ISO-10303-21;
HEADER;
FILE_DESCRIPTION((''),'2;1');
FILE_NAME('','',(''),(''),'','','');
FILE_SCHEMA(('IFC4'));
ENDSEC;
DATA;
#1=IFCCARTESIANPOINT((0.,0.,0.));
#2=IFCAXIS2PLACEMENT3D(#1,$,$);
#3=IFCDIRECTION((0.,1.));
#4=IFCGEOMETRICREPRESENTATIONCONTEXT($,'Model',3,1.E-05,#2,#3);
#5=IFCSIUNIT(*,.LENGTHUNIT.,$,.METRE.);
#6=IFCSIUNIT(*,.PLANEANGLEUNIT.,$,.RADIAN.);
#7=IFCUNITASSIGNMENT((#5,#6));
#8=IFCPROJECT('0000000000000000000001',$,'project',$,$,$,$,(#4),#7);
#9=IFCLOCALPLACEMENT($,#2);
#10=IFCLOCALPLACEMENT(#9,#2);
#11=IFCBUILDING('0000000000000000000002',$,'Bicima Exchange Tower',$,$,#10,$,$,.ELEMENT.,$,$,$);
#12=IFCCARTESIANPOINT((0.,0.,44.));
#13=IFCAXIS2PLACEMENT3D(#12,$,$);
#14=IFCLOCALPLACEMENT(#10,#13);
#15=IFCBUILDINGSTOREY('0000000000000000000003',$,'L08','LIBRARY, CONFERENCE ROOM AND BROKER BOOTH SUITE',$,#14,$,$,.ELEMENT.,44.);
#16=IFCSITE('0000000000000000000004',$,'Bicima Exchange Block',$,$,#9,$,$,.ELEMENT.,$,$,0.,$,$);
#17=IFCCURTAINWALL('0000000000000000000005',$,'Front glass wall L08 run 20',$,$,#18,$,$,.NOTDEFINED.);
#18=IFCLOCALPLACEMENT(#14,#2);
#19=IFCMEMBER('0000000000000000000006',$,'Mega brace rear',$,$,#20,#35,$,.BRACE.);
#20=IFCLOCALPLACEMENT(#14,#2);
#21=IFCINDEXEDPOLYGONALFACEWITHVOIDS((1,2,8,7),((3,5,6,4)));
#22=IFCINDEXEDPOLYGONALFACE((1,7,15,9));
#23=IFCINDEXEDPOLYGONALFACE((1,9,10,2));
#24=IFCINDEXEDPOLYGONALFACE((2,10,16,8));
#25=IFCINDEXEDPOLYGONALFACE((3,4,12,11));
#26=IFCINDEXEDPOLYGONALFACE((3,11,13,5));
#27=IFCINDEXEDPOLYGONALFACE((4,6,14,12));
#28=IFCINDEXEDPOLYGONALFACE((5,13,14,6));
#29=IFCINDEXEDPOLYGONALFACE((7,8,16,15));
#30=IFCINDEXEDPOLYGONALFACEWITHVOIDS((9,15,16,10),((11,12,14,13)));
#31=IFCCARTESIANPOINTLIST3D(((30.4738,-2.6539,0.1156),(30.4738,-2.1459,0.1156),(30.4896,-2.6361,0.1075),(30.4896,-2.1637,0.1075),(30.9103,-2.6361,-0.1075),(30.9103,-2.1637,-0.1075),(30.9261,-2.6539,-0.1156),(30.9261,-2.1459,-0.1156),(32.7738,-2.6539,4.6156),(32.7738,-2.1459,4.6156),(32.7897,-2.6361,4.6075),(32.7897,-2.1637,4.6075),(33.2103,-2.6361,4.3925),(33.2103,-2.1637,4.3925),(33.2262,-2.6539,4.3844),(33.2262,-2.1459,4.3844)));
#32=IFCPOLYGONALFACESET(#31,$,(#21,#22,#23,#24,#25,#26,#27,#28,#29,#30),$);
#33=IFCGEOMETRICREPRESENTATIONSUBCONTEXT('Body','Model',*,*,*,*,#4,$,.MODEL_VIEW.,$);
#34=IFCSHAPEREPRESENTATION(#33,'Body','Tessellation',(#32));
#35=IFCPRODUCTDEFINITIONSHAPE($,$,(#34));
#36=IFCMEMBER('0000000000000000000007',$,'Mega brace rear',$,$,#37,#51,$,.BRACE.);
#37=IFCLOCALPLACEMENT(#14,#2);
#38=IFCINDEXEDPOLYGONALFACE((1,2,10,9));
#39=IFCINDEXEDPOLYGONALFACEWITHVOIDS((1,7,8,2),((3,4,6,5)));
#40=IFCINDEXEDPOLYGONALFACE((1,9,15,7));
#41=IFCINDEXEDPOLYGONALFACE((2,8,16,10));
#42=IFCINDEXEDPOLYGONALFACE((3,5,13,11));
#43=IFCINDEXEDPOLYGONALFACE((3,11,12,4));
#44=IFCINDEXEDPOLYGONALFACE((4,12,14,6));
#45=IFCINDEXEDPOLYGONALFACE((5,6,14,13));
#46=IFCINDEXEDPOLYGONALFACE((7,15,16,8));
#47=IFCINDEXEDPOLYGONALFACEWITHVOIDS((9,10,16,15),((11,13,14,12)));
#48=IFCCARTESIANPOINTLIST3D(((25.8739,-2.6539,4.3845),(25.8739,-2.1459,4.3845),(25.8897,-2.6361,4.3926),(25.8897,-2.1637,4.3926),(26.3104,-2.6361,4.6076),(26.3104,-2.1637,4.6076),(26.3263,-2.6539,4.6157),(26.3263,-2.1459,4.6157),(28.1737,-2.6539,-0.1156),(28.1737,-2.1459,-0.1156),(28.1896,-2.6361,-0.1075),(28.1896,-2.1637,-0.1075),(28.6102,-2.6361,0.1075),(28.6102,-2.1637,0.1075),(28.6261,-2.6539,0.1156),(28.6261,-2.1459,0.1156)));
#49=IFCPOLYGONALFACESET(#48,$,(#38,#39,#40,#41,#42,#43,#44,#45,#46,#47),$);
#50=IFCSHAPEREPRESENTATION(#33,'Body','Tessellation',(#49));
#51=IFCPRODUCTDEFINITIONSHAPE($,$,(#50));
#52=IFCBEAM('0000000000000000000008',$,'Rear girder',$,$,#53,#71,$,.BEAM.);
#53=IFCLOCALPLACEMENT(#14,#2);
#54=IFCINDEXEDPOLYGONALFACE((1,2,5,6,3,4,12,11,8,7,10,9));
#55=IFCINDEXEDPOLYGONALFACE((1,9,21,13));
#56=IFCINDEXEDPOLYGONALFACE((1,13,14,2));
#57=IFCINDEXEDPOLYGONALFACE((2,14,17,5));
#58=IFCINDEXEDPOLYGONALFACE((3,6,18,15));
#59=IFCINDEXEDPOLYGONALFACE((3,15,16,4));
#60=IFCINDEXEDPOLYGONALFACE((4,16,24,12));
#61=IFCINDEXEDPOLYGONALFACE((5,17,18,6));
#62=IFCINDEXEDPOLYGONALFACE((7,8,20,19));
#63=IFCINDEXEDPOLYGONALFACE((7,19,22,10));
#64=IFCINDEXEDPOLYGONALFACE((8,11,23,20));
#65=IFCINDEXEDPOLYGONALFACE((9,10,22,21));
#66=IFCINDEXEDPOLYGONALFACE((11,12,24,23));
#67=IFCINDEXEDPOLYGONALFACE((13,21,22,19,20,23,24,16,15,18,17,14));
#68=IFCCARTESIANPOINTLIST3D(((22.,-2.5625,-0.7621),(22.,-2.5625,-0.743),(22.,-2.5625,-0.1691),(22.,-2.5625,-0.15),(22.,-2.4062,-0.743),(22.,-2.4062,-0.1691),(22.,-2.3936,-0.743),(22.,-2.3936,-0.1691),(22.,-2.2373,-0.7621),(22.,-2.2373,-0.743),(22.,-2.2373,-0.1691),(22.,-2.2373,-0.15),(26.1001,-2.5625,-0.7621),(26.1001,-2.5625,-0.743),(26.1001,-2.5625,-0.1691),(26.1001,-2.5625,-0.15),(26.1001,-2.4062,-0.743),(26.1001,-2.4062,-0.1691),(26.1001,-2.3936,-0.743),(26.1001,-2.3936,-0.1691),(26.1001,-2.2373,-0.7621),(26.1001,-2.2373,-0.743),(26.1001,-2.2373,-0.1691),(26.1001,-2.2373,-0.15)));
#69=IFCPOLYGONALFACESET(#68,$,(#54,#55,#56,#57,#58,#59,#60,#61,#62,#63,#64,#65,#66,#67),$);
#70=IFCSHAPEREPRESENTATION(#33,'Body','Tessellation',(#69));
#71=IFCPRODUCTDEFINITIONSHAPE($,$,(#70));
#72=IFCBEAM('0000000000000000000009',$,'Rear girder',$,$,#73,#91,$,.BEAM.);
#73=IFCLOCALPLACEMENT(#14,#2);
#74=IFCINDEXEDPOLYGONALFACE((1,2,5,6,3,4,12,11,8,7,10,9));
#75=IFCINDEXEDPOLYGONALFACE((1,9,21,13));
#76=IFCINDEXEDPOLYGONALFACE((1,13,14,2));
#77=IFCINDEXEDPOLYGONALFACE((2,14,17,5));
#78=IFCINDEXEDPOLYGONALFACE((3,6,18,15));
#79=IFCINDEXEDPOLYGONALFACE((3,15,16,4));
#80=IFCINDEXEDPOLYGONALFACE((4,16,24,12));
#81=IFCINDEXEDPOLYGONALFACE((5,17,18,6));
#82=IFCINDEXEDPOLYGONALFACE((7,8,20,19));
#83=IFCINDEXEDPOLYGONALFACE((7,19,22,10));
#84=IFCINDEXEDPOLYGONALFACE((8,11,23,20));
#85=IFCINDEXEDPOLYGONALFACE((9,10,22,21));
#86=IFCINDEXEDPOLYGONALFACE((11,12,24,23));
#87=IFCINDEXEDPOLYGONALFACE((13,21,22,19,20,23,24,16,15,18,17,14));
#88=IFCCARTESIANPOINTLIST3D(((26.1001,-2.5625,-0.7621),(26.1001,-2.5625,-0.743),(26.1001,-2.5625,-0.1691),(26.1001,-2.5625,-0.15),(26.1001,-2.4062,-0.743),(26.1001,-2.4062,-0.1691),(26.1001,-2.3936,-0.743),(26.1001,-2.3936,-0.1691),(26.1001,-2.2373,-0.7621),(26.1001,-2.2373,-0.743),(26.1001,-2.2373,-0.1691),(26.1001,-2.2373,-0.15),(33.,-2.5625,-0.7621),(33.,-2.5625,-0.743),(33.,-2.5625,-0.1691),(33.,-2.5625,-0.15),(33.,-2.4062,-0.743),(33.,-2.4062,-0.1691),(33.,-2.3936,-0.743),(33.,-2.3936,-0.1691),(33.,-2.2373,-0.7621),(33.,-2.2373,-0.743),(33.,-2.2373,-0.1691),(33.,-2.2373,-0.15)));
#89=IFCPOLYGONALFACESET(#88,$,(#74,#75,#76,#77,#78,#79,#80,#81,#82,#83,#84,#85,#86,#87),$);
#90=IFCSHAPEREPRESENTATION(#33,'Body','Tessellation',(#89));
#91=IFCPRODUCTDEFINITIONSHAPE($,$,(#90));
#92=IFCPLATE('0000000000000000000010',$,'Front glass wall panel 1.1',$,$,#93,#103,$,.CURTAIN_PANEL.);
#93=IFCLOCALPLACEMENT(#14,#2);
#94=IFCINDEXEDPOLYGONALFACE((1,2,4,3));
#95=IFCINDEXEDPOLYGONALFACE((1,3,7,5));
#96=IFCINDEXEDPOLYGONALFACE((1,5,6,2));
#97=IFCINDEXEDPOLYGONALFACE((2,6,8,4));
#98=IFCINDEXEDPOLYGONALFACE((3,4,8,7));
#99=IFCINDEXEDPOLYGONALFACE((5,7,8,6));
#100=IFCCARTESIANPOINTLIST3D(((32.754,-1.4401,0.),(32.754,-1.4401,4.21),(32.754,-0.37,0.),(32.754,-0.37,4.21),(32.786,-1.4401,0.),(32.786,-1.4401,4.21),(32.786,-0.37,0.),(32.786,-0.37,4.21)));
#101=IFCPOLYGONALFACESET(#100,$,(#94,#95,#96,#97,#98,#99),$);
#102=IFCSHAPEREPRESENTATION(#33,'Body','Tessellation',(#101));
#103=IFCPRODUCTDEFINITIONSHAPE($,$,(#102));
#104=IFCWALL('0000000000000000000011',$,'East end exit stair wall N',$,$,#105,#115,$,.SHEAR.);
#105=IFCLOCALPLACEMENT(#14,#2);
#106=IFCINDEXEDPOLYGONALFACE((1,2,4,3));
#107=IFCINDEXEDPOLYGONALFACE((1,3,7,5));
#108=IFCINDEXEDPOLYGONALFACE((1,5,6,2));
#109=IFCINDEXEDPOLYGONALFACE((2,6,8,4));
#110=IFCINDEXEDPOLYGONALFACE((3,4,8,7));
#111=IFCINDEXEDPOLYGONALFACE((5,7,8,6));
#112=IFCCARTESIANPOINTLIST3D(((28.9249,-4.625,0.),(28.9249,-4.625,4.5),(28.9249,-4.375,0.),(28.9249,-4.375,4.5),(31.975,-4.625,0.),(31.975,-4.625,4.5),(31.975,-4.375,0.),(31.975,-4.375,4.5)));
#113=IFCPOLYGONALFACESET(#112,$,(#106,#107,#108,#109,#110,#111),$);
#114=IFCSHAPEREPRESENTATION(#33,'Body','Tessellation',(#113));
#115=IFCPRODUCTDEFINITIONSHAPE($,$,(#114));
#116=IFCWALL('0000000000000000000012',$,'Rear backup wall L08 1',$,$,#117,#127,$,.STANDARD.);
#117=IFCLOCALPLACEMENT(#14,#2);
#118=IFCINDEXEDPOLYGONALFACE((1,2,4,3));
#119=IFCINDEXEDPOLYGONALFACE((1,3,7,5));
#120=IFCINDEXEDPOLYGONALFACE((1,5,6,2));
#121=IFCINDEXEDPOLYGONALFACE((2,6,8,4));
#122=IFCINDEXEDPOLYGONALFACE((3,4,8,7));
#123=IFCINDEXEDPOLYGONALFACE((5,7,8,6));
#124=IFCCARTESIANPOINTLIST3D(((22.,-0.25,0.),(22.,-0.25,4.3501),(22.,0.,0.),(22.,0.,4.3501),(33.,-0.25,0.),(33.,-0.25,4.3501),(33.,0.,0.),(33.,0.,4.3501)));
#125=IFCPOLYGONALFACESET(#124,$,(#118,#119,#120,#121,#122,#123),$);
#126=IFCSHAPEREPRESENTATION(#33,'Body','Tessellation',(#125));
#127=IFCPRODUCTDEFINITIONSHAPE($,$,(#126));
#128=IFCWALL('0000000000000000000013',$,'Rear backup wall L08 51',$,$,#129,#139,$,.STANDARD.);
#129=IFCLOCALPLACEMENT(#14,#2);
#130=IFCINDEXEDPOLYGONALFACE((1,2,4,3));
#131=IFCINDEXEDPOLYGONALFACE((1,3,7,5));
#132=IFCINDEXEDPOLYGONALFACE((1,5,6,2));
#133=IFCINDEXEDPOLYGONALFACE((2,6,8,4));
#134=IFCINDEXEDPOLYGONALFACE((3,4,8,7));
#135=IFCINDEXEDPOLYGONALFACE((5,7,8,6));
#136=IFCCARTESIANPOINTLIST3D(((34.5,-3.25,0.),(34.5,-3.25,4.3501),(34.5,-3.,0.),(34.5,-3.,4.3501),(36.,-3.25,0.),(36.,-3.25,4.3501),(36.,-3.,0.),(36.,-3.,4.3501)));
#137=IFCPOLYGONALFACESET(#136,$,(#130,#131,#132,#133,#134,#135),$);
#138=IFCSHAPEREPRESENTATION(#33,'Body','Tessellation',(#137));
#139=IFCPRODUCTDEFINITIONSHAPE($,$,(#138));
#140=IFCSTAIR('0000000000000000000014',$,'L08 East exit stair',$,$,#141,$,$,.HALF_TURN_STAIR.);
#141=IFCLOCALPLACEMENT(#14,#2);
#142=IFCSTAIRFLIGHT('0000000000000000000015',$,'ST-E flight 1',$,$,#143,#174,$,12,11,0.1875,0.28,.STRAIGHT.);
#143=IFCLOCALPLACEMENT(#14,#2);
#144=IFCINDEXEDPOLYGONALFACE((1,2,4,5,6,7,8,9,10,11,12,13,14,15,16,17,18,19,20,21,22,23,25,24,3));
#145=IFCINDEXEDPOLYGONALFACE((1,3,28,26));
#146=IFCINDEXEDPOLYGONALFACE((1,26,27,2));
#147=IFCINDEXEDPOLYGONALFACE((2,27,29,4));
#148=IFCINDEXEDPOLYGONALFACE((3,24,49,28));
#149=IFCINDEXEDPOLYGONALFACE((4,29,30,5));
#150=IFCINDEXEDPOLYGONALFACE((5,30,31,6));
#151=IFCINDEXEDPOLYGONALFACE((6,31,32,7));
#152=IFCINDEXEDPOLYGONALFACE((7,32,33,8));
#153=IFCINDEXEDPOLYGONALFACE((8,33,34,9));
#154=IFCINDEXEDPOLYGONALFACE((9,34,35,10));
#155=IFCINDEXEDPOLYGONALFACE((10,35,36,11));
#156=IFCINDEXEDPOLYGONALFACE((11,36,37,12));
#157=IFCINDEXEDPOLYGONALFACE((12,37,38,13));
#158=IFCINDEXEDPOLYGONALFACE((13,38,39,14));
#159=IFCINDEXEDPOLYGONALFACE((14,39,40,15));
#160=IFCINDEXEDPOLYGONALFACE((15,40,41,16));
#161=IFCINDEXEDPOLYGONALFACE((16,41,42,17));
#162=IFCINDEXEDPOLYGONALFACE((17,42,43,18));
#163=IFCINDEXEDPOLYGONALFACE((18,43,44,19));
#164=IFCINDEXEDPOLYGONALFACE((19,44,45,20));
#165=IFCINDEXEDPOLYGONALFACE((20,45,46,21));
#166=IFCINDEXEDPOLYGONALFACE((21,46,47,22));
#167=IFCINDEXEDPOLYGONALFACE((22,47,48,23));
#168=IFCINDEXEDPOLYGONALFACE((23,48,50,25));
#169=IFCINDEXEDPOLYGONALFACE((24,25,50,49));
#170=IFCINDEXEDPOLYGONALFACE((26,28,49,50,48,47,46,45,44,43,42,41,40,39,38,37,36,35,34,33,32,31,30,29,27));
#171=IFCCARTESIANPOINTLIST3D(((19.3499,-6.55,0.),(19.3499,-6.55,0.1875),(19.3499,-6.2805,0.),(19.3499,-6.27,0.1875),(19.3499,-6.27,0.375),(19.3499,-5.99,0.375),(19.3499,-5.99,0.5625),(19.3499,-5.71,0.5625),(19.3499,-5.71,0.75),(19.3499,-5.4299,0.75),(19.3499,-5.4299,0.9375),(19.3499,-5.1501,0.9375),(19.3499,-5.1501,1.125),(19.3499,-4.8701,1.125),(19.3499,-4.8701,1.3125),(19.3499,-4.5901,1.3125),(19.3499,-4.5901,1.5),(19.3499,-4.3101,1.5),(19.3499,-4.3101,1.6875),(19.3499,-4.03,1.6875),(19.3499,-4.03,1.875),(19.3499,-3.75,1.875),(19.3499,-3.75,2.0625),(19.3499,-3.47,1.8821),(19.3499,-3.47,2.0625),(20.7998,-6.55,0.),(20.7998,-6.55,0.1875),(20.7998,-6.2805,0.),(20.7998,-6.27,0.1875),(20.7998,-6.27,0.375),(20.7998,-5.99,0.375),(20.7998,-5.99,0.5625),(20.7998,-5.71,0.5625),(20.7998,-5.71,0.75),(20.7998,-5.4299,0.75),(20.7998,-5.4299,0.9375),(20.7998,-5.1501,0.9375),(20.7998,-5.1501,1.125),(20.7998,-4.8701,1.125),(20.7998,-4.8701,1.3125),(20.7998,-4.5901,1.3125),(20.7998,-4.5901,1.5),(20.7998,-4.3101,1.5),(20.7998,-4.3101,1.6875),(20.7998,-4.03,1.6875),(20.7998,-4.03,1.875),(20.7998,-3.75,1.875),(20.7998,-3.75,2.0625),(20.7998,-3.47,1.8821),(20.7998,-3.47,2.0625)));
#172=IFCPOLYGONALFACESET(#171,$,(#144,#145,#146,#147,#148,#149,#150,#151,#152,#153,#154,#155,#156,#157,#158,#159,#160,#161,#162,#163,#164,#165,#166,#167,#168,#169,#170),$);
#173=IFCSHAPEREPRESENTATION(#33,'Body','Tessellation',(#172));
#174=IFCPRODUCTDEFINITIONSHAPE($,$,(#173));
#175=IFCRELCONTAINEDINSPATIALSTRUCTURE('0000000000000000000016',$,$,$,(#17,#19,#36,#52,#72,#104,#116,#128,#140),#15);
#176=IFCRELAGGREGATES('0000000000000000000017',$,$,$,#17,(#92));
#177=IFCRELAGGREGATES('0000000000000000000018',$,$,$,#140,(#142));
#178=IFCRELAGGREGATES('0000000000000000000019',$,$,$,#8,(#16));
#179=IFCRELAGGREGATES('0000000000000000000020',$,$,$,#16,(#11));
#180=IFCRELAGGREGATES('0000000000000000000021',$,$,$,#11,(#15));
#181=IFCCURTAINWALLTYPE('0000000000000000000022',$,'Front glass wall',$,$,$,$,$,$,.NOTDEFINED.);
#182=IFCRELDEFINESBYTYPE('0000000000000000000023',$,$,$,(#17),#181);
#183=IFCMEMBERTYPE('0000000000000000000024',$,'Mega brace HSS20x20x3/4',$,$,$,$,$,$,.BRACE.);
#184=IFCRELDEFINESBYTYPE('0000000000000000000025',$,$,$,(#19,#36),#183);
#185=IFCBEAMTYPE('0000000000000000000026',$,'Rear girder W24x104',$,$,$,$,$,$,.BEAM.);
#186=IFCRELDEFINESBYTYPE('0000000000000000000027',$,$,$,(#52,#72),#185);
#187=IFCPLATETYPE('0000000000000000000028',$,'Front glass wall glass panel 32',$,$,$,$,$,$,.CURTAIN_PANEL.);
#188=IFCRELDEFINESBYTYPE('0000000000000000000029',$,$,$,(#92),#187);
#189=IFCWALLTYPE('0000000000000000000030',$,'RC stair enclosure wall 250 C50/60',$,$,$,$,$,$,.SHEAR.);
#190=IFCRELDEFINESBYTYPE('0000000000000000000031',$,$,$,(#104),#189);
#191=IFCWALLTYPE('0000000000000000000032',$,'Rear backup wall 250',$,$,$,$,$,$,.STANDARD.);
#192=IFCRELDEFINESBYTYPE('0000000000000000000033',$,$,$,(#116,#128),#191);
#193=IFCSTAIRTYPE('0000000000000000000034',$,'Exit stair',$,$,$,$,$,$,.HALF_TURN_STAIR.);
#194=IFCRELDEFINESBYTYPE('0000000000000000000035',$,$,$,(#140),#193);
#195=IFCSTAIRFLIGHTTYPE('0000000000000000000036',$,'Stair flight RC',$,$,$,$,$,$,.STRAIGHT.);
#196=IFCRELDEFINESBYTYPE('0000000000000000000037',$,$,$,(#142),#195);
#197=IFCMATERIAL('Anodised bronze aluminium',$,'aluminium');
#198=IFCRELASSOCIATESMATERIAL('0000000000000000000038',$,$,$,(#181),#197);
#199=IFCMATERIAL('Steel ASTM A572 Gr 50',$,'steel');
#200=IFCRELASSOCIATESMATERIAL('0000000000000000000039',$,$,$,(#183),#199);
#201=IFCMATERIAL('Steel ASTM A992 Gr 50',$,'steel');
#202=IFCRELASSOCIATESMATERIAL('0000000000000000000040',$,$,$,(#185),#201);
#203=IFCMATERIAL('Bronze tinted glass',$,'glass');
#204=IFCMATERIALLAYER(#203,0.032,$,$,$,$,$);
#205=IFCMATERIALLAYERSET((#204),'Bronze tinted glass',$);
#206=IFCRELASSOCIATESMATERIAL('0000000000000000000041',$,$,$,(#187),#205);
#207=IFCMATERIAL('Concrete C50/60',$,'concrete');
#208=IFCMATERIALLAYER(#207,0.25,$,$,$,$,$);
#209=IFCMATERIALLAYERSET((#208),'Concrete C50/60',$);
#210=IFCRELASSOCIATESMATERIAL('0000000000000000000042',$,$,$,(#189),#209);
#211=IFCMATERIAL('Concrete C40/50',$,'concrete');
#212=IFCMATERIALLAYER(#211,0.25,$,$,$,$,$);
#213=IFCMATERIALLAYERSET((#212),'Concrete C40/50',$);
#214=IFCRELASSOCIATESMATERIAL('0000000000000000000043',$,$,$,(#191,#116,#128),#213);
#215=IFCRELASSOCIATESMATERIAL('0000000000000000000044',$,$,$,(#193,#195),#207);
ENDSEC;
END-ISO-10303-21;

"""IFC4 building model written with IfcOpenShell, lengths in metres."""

from ifc_helpers import new_model, si_unit, direction, frame, frame_2d, origin, origin_2d, place, context, subcontext, project, spatial, polyline, rectangle, hollow_rectangle, i_section, outline, extrude, material, layer, layer_set, layer_usage, material_profile, profile_set, type_object, element, aggregate, save


model = new_model("IFC4")

# Units and contexts
model_context = context("Model", 3, precision=1e-05, world=origin(), true_north=direction((0.0, 1.0)))
body_context = subcontext(model_context, "Body", "Model", "MODEL_VIEW")
ifc_project = project(units=[si_unit("LENGTHUNIT", "METRE"), si_unit("PLANEANGLEUNIT", "RADIAN")], contexts=[model_context])

# Site, building, storey
site_placement = place(None, origin())
site = spatial("IfcSite", under=ifc_project, at=site_placement, Name="Bicima Exchange Block", CompositionType="ELEMENT", RefElevation=0.0)
building_placement = place(site_placement, origin())
building = spatial("IfcBuilding", under=site, at=building_placement, Name="Bicima Exchange Tower", CompositionType="ELEMENT")
storey_placement = place(building_placement, frame((0.0, 0.0, 44.0)))
storey = spatial("IfcBuildingStorey", under=building, at=storey_placement, Name="L08", Description="LIBRARY, CONFERENCE ROOM AND BROKER BOOTH SUITE", CompositionType="ELEMENT", Elevation=44.0)

# Shared definitions
ifc_material_1 = material(Name="Steel ASTM A572 Gr 50", Category="steel")
ifc_material_2 = material(Name="Steel ASTM A992 Gr 50", Category="steel")

# Curtain wall
ifc_material_3 = material(Name="Anodised bronze aluminium", Category="aluminium")
curtain_wall_type = type_object("IfcCurtainWallType", Name="Front glass wall", PredefinedType="NOTDEFINED", material=ifc_material_3)
curtain_wall_placement = place(storey_placement, origin())
curtain_wall = element("IfcCurtainWall", 1, at=curtain_wall_placement, inside=storey, type_object=curtain_wall_type, Name="Front glass wall L08 run 20", PredefinedType="NOTDEFINED")

# Members
ifc_material_profile_1 = material_profile(ifc_material_1, hollow_rectangle(XDim=0.5081, YDim=0.5081, WallThickness=0.0178, at=origin_2d()))
ifc_profile_set_1 = profile_set([ifc_material_profile_1], Name="Steel ASTM A572 Gr 50")
member_type_1 = type_object("IfcMemberType", Name="Mega brace HSS20x20x3/4", PredefinedType="BRACE", material=ifc_profile_set_1)
for number, where, z_axis, x_axis, name in (
    (2, (30.7, -2.3999, 0.0), (0.455119, 0.0, 0.890431), (0.0, 1.0, 0.0), "Mega brace rear"),
    (3, (28.3999, -2.3999, 0.0), (-0.45508, 0.0, 0.89045), (0.0, -1.0, 0.0), "Mega brace rear"),
):
    element("IfcMember", number, at=place(storey_placement, frame(where, z_axis=z_axis, x_axis=x_axis)), inside=storey, type_object=member_type_1, Name=name, PredefinedType="BRACE", context=body_context, shape_type="SweptSolid", body=[
        extrude(hollow_rectangle(XDim=0.5081, YDim=0.5081, WallThickness=0.0178, at=origin_2d()), origin(), (0.0, 0.0, 1.0), 5.0537),
    ])

# Beams
ifc_material_profile_2 = material_profile(ifc_material_2, i_section(OverallWidth=0.3252, OverallDepth=0.6121, WebThickness=0.0127, FlangeThickness=0.019, at=origin_2d()))
ifc_profile_set_2 = profile_set([ifc_material_profile_2], Name="Steel ASTM A992 Gr 50")
beam_type_1 = type_object("IfcBeamType", Name="Rear girder W24x104", PredefinedType="BEAM", material=ifc_profile_set_2)
beam_1_placement = place(storey_placement, frame((22.0, -2.3999, -0.4561), z_axis=(1.0, 0.0, 0.0), x_axis=(0.0, 1.0, 0.0)))
element("IfcBeam", 4, at=beam_1_placement, inside=storey, type_object=beam_type_1, Name="Rear girder", PredefinedType="BEAM", context=body_context, shape_type="SweptSolid", body=[
    extrude(i_section(OverallWidth=0.3252, OverallDepth=0.6121, WebThickness=0.0127, FlangeThickness=0.019, at=origin_2d()), origin(), (0.0, 0.0, 1.0), 4.1001),
])
beam_2_placement = place(storey_placement, frame((26.1001, -2.3999, -0.4561), z_axis=(1.0, 0.0, 0.0), x_axis=(0.0, 1.0, 0.0)))
element("IfcBeam", 5, at=beam_2_placement, inside=storey, type_object=beam_type_1, Name="Rear girder", PredefinedType="BEAM", context=body_context, shape_type="SweptSolid", body=[
    extrude(i_section(OverallWidth=0.3252, OverallDepth=0.6121, WebThickness=0.0127, FlangeThickness=0.019, at=origin_2d()), origin(), (0.0, 0.0, 1.0), 6.8999),
])

# Plate
ifc_material_4 = material(Name="Bronze tinted glass", Category="glass")
ifc_layer_1 = layer(ifc_material_4, 0.032)
ifc_layer_set_1 = layer_set([ifc_layer_1], Name="Bronze tinted glass")
plate_type = type_object("IfcPlateType", Name="Front glass wall glass panel 32", PredefinedType="CURTAIN_PANEL", material=ifc_layer_set_1)
plate_placement = place(storey_placement, frame((32.77, -0.905, 0.0), z_axis=(0.0, 0.0, 1.0), x_axis=(0.0, 1.0, 0.0)))
plate = element("IfcPlate", 6, at=plate_placement, type_object=plate_type, Name="Front glass wall panel 1.1", PredefinedType="CURTAIN_PANEL", context=body_context, shape_type="SweptSolid", body=[
    extrude(rectangle(XDim=1.0701, YDim=0.032, at=origin_2d()), origin(), (0.0, 0.0, 1.0), 4.21),
])
aggregate(curtain_wall, [plate])

# Walls
ifc_material_5 = material(Name="Concrete C50/60", Category="concrete")
ifc_layer_2 = layer(ifc_material_5, 0.25)
ifc_layer_set_2 = layer_set([ifc_layer_2], Name="Concrete C50/60")
wall_type_1 = type_object("IfcWallType", Name="RC stair enclosure wall 250 C50/60", PredefinedType="SHEAR", material=ifc_layer_set_2)
wall_1_placement = place(storey_placement, frame((28.925, -4.5, 0.0), z_axis=(0.0, 0.0, 1.0), x_axis=(1.0, 0.0, 0.0)))
element("IfcWall", 7, at=wall_1_placement, inside=storey, type_object=wall_type_1, Name="East end exit stair wall N", PredefinedType="SHEAR", context=body_context, shape_type="SweptSolid", body=[
    extrude(rectangle(XDim=3.05, YDim=0.25, at=frame_2d((1.5249, 0.0))), origin(), (0.0, 0.0, 1.0), 4.5),
])
ifc_material_6 = material(Name="Concrete C40/50", Category="concrete")
ifc_layer_3 = layer(ifc_material_6, 0.25)
ifc_layer_set_3 = layer_set([ifc_layer_3], Name="Concrete C40/50")
ifc_layer_usage = layer_usage(ifc_layer_set_3, "AXIS2", "POSITIVE", -0.125)
wall_type_2 = type_object("IfcWallType", Name="Rear backup wall 250", PredefinedType="STANDARD", material=ifc_layer_set_3)
wall_2_placement = place(storey_placement, frame((33.0, -0.125, 0.0), z_axis=(0.0, 0.0, 1.0), x_axis=(-1.0, 0.0, 0.0)))
element("IfcWall", 8, at=wall_2_placement, inside=storey, type_object=wall_type_2, material=ifc_layer_usage, Name="Rear backup wall L08 1", PredefinedType="STANDARD", context=body_context, shape_type="SweptSolid", body=[
    extrude(rectangle(XDim=11.0, YDim=0.25, at=frame_2d((5.5, 0.0))), origin(), (0.0, 0.0, 1.0), 4.3501),
])
wall_3_placement = place(storey_placement, frame((36.0, -3.125, 0.0), z_axis=(0.0, 0.0, 1.0), x_axis=(-1.0, 0.0, 0.0)))
element("IfcWall", 9, at=wall_3_placement, inside=storey, type_object=wall_type_2, material=ifc_layer_usage, Name="Rear backup wall L08 51", PredefinedType="STANDARD", context=body_context, shape_type="SweptSolid", body=[
    extrude(rectangle(XDim=1.5, YDim=0.25, at=frame_2d((0.75, 0.0))), origin(), (0.0, 0.0, 1.0), 4.3501),
])

# Stair, stair flight
stair_type = type_object("IfcStairType", Name="Exit stair", PredefinedType="HALF_TURN_STAIR", material=ifc_material_5)
stair_placement = place(storey_placement, origin())
stair = element("IfcStair", 10, at=stair_placement, inside=storey, type_object=stair_type, Name="L08 East exit stair", PredefinedType="HALF_TURN_STAIR")
stair_flight_type = type_object("IfcStairFlightType", Name="Stair flight RC", PredefinedType="STRAIGHT", material=ifc_material_5)
stair_flight_1_placement = place(storey_placement, frame((20.075, -6.55, 0.0), z_axis=(0.0, 0.0, 1.0), x_axis=(0.0, 1.0, 0.0)))
stair_flight_1 = element("IfcStairFlight", 11, at=stair_flight_1_placement, type_object=stair_flight_type, Name="ST-E flight 1", NumberOfRisers=12, NumberOfTreads=11, PredefinedType="STRAIGHT", RiserHeight=0.1875, TreadLength=0.28, context=body_context, shape_type="SweptSolid", body=[
    extrude(outline(polyline([(0.0, 0.0), (0.0, 0.1875), (0.28, 0.1875), (0.28, 0.375), (0.5601, 0.375), (0.5601, 0.5625), (0.8401, 0.5625), (0.8401, 0.75), (1.1201, 0.75), (1.1201, 0.9375), (1.3999, 0.9375), (1.3999, 1.125), (1.6799, 1.125), (1.6799, 1.3125), (1.96, 1.3125), (1.96, 1.5), (2.24, 1.5), (2.24, 1.6875), (2.52, 1.6875), (2.52, 1.875), (2.8, 1.875), (2.8, 2.0625), (3.0801, 2.0625), (3.0801, 2.25), (3.0801, 1.8821), (0.2695, 0.0), (0.0, 0.0)])), frame((0.0, 0.7251, 0.0), z_axis=(0.0, -1.0, 0.0), x_axis=(1.0, 0.0, 0.0)), (0.0, 0.0, 1.0), 1.45),
])
aggregate(stair, [stair_flight_1])

save(model, "model.ifc")
